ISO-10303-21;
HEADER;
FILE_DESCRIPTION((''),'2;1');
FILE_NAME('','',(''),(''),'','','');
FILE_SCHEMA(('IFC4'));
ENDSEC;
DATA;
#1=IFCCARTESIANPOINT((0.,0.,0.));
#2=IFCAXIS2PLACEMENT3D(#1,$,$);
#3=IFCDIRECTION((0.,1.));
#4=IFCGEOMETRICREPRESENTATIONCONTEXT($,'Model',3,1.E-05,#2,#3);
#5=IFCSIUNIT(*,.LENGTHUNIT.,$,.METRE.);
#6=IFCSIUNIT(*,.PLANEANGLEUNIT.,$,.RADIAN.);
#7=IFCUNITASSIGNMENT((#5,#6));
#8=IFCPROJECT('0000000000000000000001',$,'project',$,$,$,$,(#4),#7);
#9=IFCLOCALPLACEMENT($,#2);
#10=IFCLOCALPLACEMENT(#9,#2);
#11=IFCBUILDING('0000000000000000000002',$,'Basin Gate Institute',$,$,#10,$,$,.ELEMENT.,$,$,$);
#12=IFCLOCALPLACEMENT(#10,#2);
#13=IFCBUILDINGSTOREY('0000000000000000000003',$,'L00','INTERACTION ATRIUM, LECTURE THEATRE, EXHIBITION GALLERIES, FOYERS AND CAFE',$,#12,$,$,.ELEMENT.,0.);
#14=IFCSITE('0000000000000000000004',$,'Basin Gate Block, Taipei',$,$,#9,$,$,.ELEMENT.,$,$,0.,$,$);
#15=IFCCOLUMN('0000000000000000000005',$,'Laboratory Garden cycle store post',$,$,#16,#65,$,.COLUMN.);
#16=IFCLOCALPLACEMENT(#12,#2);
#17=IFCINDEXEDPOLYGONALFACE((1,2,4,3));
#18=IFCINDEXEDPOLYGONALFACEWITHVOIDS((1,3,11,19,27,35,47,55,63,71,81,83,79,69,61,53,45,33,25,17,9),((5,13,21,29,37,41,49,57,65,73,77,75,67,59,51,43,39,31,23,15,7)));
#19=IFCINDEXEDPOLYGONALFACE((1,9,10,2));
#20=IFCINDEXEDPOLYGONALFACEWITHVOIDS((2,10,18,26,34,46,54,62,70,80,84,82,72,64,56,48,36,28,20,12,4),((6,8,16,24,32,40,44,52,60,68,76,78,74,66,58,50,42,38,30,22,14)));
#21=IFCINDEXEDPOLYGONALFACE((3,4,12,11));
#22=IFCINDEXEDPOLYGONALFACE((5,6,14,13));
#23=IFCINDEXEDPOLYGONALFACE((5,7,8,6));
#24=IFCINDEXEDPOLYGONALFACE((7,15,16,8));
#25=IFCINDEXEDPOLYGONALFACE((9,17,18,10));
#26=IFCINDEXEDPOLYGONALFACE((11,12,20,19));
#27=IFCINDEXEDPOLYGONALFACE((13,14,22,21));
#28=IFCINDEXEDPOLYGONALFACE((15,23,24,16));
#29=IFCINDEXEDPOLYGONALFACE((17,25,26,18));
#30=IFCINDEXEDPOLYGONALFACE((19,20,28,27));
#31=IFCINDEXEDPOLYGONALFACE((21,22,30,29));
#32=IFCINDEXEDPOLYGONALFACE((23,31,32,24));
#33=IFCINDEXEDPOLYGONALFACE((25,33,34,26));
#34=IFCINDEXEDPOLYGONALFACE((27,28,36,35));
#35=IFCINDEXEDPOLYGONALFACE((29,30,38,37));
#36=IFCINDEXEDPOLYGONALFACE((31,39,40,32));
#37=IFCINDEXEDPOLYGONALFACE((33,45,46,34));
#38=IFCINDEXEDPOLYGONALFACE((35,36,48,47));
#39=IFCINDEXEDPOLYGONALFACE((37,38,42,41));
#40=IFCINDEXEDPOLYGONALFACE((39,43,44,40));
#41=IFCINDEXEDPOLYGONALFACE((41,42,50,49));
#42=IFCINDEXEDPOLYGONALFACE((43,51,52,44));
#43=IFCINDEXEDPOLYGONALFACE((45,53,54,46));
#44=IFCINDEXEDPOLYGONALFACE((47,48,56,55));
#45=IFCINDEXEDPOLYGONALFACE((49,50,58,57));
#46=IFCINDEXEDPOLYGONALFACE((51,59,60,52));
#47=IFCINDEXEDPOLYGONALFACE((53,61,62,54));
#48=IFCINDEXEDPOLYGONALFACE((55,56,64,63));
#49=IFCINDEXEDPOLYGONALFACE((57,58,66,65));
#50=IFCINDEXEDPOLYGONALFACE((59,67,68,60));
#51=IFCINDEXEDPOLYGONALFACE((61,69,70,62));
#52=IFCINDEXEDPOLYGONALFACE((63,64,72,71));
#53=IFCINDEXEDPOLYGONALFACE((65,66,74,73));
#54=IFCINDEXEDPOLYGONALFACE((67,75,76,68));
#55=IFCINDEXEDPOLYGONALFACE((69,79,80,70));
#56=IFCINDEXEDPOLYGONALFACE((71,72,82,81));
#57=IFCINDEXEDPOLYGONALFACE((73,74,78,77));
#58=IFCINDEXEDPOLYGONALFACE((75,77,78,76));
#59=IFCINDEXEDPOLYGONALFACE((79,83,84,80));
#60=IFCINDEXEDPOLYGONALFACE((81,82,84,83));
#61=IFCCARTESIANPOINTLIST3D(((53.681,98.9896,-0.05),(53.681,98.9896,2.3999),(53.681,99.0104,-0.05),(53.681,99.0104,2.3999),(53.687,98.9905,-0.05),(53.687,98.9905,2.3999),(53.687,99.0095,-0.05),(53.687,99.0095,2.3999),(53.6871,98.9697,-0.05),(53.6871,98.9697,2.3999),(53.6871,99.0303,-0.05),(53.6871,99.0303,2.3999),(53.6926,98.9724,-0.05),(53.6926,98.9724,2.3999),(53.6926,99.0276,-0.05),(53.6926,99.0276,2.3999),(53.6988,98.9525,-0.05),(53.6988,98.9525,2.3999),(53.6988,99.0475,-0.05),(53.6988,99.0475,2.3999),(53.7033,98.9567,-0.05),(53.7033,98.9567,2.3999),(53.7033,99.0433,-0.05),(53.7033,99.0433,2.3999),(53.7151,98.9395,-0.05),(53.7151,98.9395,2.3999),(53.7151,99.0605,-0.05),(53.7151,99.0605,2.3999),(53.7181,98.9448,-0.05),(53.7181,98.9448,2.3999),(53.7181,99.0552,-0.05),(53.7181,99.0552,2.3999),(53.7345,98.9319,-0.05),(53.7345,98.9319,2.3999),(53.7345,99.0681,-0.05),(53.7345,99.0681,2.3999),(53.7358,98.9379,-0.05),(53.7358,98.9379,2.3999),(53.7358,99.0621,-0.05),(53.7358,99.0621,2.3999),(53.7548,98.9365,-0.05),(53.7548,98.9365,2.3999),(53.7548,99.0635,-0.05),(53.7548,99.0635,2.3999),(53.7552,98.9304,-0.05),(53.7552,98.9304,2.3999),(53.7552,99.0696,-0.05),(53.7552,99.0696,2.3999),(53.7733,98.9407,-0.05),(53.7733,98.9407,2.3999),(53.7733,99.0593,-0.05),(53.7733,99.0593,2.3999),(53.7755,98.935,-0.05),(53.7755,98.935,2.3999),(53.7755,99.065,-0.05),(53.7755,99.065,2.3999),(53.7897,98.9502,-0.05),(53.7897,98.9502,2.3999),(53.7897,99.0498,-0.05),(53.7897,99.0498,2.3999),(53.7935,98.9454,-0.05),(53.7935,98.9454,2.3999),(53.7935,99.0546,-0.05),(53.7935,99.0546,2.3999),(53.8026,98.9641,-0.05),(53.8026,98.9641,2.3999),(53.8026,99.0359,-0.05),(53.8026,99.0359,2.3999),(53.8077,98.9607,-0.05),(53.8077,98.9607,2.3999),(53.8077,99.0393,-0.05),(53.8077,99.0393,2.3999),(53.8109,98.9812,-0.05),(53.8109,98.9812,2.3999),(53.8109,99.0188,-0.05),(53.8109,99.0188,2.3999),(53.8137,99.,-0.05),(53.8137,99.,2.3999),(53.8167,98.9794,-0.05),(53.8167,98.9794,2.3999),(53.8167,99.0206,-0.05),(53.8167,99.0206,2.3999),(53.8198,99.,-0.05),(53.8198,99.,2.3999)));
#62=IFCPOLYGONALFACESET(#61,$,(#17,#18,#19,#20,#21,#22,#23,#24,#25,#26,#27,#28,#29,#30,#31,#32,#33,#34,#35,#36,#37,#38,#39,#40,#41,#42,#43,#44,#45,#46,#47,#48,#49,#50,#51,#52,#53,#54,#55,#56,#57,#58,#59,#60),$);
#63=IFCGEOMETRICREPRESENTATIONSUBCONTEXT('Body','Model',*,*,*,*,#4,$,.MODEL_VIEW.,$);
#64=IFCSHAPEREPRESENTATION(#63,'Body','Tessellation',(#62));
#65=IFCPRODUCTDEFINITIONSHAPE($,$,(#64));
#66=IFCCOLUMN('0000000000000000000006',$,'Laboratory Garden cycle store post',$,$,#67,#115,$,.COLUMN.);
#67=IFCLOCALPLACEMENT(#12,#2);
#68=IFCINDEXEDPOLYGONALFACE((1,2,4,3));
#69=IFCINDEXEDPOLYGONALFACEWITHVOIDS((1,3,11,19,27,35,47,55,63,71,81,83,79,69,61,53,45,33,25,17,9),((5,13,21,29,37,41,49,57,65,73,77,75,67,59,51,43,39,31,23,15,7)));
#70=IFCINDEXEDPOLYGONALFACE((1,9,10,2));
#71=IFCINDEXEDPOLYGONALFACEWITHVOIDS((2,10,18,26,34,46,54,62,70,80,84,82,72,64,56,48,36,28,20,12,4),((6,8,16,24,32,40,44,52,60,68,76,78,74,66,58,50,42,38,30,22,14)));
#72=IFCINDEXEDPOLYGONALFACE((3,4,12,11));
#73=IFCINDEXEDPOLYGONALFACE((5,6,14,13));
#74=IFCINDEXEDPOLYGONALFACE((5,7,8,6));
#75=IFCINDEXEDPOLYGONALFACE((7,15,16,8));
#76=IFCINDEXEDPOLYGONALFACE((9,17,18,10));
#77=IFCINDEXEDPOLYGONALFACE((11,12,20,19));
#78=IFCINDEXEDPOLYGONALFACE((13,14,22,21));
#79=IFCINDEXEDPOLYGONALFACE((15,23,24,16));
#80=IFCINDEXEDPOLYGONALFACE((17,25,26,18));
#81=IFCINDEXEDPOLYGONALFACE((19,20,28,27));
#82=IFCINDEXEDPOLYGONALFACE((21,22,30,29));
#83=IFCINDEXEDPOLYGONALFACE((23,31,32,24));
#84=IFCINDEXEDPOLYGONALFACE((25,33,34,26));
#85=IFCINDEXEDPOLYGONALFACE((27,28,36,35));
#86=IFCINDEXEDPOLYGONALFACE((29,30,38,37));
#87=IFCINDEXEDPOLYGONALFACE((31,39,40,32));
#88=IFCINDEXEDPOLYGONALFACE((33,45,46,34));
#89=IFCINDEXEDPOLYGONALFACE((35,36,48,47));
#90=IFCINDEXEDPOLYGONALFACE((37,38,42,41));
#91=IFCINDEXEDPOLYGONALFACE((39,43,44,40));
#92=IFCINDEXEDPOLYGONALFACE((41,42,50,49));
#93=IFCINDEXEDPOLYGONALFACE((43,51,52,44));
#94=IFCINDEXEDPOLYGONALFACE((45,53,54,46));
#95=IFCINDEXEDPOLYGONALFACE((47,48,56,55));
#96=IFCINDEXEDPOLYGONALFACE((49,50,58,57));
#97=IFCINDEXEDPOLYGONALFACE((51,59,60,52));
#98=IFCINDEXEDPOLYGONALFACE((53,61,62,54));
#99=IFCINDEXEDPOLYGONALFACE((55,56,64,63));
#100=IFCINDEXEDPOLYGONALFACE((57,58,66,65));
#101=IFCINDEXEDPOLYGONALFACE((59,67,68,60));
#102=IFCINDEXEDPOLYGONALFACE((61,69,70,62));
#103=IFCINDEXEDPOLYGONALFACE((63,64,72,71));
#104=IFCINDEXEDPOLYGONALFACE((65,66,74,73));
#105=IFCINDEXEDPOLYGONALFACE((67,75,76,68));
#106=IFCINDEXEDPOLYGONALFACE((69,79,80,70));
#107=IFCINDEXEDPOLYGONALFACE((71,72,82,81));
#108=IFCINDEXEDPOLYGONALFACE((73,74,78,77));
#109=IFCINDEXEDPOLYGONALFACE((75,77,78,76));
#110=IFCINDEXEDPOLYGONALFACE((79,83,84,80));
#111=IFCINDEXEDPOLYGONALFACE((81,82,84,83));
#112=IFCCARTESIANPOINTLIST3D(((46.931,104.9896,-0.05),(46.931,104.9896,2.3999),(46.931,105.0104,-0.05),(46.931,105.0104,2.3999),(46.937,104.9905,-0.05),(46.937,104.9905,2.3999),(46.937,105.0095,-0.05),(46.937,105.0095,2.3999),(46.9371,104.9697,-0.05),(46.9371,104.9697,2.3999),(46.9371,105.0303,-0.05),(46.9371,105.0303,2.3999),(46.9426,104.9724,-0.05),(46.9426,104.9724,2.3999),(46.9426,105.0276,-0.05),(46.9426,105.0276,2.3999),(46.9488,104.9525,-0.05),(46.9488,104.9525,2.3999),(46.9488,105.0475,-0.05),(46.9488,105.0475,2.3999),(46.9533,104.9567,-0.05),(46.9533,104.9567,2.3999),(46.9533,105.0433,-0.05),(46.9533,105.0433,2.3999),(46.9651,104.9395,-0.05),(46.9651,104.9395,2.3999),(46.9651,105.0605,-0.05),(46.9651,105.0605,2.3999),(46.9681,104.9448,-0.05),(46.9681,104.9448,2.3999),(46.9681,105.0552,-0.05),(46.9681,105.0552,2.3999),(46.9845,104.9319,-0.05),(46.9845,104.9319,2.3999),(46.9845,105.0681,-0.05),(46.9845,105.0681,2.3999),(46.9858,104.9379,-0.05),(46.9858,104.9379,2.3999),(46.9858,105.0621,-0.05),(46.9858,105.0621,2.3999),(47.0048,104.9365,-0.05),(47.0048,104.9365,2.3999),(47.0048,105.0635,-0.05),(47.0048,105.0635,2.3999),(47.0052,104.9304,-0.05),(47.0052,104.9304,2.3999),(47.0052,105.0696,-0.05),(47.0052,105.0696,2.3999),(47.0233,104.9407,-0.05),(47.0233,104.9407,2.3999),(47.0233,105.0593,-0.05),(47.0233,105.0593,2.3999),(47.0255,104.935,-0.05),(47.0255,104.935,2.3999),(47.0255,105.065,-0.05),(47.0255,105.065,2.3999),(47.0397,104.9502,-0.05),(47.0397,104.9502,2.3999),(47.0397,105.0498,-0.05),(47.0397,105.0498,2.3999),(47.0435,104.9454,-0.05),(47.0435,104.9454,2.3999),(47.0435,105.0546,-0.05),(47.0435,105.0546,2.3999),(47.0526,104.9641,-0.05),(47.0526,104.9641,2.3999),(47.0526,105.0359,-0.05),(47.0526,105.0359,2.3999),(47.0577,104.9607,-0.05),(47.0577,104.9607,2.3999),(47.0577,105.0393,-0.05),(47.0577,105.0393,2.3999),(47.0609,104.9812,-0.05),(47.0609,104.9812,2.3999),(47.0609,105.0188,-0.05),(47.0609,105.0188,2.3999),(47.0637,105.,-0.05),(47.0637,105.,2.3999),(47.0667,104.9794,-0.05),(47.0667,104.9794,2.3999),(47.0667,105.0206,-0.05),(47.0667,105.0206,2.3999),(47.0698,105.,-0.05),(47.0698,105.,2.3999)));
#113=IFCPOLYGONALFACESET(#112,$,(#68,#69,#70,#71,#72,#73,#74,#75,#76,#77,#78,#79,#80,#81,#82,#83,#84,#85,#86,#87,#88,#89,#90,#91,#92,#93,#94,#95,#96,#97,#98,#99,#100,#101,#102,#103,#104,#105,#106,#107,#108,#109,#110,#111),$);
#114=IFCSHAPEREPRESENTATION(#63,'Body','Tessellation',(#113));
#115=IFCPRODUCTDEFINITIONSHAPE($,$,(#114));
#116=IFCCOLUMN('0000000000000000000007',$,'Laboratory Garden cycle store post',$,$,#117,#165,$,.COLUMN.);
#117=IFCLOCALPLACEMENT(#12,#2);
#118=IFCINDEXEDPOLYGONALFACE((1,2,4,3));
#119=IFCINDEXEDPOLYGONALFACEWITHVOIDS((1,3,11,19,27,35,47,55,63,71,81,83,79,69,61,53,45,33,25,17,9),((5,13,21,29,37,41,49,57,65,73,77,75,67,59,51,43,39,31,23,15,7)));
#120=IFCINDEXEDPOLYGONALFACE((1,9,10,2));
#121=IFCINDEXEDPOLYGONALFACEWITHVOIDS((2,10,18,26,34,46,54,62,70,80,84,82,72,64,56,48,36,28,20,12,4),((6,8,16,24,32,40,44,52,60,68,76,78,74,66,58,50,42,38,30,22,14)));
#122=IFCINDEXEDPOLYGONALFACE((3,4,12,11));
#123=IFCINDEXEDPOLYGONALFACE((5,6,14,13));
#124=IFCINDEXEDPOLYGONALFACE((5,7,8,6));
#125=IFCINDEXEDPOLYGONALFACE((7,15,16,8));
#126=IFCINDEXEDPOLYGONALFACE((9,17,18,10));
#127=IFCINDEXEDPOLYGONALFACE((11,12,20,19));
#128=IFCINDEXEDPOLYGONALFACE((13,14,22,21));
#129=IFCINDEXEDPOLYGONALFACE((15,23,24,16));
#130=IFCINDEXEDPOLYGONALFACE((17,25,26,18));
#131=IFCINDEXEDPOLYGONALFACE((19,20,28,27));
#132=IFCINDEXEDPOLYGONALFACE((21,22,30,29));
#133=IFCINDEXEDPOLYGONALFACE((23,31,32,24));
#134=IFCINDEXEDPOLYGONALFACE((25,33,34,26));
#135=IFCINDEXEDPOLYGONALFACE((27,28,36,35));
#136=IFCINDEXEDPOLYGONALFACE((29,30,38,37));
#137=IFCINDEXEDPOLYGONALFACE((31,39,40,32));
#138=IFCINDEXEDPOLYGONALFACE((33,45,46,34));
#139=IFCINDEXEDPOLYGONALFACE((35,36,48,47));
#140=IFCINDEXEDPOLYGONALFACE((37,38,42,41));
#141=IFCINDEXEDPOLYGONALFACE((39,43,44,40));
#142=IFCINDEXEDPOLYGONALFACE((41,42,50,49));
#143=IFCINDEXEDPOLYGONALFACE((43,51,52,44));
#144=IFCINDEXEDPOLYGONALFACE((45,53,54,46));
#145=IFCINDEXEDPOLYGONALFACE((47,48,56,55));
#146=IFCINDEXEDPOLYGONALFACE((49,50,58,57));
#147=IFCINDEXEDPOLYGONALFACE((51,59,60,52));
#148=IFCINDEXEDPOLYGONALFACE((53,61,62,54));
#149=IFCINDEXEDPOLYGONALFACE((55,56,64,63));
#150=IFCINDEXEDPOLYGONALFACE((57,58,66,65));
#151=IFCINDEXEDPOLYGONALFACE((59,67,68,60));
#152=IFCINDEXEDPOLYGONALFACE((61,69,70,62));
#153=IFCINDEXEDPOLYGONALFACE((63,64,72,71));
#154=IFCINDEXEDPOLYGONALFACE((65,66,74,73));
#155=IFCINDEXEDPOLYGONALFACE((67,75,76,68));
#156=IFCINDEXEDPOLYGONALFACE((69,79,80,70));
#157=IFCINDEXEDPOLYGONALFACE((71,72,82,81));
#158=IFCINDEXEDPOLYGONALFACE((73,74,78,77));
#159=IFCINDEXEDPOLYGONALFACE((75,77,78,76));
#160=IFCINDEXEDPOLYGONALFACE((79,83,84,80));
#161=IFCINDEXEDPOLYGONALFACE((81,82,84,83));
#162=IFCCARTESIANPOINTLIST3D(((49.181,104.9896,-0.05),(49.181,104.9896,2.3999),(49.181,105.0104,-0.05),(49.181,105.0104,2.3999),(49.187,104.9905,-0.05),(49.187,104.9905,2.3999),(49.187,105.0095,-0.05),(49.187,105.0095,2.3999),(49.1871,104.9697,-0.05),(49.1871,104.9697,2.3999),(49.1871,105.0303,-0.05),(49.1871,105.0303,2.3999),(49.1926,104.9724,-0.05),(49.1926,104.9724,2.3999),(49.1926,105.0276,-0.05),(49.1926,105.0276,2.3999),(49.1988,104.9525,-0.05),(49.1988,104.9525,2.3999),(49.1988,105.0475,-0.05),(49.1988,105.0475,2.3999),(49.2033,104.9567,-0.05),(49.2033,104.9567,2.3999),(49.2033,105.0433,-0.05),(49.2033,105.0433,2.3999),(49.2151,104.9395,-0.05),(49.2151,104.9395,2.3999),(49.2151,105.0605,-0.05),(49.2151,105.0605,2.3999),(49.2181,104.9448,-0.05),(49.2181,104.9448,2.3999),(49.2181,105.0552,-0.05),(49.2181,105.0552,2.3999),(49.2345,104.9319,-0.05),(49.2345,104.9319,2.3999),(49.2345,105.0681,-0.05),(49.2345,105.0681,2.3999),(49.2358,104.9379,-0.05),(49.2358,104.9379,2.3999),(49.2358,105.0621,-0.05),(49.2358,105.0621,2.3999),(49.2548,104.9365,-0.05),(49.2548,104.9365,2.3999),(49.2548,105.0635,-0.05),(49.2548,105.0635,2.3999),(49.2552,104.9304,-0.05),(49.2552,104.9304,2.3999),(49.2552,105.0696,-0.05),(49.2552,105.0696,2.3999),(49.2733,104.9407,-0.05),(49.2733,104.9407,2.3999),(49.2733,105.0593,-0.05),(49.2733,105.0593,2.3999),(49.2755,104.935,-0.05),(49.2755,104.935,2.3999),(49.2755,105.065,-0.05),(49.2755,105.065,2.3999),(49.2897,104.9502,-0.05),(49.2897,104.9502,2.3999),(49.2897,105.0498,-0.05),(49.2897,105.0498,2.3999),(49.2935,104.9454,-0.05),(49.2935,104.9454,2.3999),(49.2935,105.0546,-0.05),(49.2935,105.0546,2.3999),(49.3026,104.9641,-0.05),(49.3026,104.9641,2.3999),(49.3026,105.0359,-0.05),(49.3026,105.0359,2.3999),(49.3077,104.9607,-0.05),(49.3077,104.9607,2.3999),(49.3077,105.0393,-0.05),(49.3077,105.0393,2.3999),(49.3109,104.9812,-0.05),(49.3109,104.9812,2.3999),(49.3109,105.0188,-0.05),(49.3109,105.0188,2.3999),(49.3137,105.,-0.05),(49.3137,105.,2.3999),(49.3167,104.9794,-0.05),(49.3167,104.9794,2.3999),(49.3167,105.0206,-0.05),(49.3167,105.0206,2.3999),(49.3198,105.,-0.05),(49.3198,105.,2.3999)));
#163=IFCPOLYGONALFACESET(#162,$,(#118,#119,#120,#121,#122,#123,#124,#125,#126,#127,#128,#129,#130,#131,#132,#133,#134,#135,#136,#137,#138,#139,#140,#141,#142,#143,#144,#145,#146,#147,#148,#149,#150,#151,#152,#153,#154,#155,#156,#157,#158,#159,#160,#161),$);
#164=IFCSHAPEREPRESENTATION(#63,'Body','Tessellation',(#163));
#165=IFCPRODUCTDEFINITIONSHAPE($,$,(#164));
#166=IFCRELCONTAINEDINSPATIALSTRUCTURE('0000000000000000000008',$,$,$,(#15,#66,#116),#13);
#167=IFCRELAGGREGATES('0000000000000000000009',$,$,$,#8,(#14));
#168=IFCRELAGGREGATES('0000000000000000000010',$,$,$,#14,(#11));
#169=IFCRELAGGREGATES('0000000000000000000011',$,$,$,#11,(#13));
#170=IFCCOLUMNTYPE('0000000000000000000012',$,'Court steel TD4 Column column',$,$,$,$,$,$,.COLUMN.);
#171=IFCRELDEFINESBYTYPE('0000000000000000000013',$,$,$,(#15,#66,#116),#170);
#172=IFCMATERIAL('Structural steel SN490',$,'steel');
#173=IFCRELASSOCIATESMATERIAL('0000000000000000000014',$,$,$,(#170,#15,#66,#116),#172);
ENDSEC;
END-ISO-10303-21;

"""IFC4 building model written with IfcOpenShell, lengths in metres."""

from ifc_helpers import new_model, si_unit, direction, frame, origin, origin_2d, place, context, subcontext, project, spatial, hollow_circle, extrude, material, material_profile, profile_set, type_object, element, save


model = new_model("IFC4")

# Units and contexts
model_context = context("Model", 3, precision=1e-05, world=origin(), true_north=direction((0.0, 1.0)))
body_context = subcontext(model_context, "Body", "Model", "MODEL_VIEW")
ifc_project = project(units=[si_unit("LENGTHUNIT", "METRE"), si_unit("PLANEANGLEUNIT", "RADIAN")], contexts=[model_context])

# Site, building, storey
site_placement = place(None, origin())
site = spatial("IfcSite", under=ifc_project, at=site_placement, Name="Basin Gate Block, Taipei", CompositionType="ELEMENT", RefElevation=0.0)
building_placement = place(site_placement, origin())
building = spatial("IfcBuilding", under=site, at=building_placement, Name="Basin Gate Institute", CompositionType="ELEMENT")
storey_placement = place(building_placement, origin())
storey = spatial("IfcBuildingStorey", under=building, at=storey_placement, Name="L00", Description="INTERACTION ATRIUM, LECTURE THEATRE, EXHIBITION GALLERIES, FOYERS AND CAFE", CompositionType="ELEMENT", Elevation=0.0)

# Columns
ifc_material_1 = material(Name="Structural steel SN490", Category="steel")
ifc_material_profile_1 = material_profile(ifc_material_1, hollow_circle(Radius=0.0698, WallThickness=0.0061, at=origin_2d()), Name="CHS139x6")
ifc_profile_set_1 = profile_set([ifc_material_profile_1], Name="Structural steel SN490")
column_type = type_object("IfcColumnType", Name="Court steel TD4 Column column", PredefinedType="COLUMN", material=ifc_profile_set_1)
for number, where, z_axis, x_axis, name in (
    (1, (53.75, 99.0, -0.05), (0.0, 0.0, 1.0), (1.0, 0.0, 0.0), "Laboratory Garden cycle store post"),
    (2, (47.0, 105.0, -0.05), (0.0, 0.0, 1.0), (1.0, 0.0, 0.0), "Laboratory Garden cycle store post"),
    (3, (49.25, 105.0, -0.05), (0.0, 0.0, 1.0), (1.0, 0.0, 0.0), "Laboratory Garden cycle store post"),
):
    element("IfcColumn", number, at=place(storey_placement, frame(where, z_axis=z_axis, x_axis=x_axis)), inside=storey, type_object=column_type, material=ifc_profile_set_1, Name=name, PredefinedType="COLUMN", context=body_context, shape_type="SweptSolid", body=[
        extrude(hollow_circle(Radius=0.0698, WallThickness=0.0061, at=origin_2d()), origin(), (0.0, 0.0, 1.0), 2.45),
    ])

save(model, "model.ifc")
